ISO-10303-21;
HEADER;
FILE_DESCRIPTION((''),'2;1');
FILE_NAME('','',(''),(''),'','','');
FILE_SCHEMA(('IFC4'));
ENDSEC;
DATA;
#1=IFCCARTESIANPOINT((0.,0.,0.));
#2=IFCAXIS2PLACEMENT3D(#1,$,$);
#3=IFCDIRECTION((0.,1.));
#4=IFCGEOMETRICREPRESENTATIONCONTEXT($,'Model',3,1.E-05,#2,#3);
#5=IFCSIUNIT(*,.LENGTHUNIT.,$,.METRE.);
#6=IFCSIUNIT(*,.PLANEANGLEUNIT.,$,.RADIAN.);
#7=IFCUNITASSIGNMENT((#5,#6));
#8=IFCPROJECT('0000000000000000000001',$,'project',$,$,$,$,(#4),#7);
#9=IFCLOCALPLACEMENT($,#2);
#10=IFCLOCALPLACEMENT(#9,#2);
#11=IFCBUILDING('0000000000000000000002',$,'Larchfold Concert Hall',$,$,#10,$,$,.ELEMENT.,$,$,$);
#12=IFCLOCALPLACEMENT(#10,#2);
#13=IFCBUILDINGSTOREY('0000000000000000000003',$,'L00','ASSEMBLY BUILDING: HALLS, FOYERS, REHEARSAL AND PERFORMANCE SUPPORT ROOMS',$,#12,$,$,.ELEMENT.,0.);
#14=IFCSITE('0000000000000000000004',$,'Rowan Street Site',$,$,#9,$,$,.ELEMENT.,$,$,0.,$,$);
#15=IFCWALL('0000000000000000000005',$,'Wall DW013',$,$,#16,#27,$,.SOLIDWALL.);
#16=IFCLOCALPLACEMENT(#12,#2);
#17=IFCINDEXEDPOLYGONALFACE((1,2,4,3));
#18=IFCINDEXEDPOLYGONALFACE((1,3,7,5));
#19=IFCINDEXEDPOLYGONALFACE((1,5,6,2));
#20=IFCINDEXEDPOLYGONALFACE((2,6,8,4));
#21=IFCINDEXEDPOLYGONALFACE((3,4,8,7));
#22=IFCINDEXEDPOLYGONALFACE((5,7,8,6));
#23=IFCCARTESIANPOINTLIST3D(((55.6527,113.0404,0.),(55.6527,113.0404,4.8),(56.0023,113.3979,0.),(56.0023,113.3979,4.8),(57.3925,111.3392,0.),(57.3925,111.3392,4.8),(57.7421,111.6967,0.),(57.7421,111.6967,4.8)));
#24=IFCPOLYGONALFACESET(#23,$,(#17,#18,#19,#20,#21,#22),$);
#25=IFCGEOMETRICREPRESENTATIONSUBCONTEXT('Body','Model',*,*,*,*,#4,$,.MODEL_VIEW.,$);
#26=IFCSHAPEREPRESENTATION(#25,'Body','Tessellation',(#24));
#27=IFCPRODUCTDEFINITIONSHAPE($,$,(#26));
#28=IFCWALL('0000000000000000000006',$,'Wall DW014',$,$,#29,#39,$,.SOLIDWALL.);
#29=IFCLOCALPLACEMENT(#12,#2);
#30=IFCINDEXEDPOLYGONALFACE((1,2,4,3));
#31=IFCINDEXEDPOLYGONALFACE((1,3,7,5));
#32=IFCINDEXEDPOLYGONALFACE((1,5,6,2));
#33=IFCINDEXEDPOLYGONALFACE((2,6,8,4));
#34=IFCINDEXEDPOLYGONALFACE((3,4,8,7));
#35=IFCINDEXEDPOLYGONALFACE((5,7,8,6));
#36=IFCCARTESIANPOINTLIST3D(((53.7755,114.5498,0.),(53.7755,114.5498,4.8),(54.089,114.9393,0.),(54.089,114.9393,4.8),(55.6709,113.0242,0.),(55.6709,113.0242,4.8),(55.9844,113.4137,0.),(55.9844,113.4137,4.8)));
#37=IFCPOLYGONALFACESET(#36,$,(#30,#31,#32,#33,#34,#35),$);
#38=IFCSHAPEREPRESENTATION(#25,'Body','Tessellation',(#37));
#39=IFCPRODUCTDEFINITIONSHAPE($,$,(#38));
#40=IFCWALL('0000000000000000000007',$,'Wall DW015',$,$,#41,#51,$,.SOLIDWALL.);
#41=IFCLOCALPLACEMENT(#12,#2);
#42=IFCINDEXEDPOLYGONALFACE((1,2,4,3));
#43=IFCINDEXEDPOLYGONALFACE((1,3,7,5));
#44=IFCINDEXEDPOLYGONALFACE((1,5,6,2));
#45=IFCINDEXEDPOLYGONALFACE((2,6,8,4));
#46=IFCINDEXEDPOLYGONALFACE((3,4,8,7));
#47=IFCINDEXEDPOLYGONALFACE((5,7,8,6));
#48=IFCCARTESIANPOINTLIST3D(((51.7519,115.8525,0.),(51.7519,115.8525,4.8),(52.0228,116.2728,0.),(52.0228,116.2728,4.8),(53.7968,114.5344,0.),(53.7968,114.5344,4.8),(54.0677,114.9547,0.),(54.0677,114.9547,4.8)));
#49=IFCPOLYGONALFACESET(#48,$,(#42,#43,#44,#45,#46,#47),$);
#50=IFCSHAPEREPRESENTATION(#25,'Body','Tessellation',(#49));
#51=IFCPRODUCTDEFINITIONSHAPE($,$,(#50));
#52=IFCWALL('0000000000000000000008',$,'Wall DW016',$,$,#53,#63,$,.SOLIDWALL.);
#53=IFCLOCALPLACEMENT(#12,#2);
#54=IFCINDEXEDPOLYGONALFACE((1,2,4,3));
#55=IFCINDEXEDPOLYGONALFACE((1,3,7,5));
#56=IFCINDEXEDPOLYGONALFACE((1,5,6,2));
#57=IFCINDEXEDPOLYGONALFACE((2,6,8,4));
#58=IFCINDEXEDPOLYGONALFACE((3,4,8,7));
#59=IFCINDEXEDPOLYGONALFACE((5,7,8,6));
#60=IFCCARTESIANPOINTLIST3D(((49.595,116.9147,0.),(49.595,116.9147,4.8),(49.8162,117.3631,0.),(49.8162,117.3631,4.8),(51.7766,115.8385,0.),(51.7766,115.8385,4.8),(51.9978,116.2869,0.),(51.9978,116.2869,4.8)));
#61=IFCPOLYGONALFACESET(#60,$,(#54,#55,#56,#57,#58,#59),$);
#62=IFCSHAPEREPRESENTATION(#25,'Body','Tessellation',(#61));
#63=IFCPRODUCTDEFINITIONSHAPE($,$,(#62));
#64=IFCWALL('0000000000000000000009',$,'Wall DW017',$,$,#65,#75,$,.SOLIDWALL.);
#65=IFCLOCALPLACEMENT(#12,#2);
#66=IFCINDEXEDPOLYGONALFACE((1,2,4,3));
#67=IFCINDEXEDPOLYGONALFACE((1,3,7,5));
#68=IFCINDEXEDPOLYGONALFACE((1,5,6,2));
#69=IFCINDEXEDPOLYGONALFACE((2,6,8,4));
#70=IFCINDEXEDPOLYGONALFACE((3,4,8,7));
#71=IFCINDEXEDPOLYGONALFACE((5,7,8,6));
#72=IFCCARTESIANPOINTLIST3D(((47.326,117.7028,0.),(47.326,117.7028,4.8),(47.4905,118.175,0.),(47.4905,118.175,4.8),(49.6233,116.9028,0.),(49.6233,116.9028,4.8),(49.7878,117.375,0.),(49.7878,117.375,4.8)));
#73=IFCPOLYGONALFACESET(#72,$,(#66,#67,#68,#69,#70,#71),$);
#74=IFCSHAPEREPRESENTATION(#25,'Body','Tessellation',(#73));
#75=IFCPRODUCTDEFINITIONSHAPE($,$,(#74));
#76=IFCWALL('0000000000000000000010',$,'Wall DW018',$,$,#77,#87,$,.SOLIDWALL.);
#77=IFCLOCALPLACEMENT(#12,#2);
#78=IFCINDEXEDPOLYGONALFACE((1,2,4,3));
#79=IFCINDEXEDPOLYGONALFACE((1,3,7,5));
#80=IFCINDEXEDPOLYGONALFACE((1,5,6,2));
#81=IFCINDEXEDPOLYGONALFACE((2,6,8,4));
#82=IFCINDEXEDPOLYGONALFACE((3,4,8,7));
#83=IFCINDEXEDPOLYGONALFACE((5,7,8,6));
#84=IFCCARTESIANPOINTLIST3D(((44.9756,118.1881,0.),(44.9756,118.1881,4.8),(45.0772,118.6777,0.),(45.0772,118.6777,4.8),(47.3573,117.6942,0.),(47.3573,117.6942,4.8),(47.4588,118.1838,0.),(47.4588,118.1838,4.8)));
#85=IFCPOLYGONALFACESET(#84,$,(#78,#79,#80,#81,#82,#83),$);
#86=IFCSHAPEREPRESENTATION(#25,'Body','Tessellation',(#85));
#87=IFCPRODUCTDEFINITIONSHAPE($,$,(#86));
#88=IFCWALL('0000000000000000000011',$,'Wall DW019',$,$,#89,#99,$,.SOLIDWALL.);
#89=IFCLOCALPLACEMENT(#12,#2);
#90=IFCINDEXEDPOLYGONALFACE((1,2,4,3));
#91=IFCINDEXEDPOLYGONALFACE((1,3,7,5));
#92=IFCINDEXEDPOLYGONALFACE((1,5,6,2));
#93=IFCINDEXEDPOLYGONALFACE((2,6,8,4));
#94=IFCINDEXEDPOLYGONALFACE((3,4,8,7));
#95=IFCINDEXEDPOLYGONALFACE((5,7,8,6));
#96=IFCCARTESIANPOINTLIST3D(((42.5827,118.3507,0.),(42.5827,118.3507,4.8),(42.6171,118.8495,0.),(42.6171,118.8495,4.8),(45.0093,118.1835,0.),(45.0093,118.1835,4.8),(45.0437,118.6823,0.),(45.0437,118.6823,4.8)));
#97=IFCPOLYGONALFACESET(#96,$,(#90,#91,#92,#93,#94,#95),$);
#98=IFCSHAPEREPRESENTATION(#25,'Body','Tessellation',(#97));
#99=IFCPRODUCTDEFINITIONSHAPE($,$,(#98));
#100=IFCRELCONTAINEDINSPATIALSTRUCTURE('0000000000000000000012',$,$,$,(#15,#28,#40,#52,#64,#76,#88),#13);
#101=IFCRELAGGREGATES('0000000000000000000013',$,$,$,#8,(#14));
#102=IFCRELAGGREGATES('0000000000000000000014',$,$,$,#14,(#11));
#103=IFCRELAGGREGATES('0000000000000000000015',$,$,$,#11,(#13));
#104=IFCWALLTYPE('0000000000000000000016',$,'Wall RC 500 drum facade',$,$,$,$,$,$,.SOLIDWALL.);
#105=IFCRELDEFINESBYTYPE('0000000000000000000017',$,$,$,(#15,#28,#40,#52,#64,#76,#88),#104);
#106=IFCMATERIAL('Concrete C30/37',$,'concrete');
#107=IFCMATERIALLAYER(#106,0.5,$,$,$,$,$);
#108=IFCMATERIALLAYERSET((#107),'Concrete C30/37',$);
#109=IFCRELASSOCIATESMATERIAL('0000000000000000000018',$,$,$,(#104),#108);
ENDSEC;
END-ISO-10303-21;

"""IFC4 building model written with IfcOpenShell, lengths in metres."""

from ifc_helpers import new_model, si_unit, direction, frame, frame_2d, origin, place, context, subcontext, project, spatial, rectangle, extrude, material, layer, layer_set, type_object, element, save


model = new_model("IFC4")

# Units and contexts
model_context = context("Model", 3, precision=1e-05, world=origin(), true_north=direction((0.0, 1.0)))
body_context = subcontext(model_context, "Body", "Model", "MODEL_VIEW")
ifc_project = project(units=[si_unit("LENGTHUNIT", "METRE"), si_unit("PLANEANGLEUNIT", "RADIAN")], contexts=[model_context])

# Site, building, storey
site_placement = place(None, origin())
site = spatial("IfcSite", under=ifc_project, at=site_placement, Name="Rowan Street Site", CompositionType="ELEMENT", RefElevation=0.0)
building_placement = place(site_placement, origin())
building = spatial("IfcBuilding", under=site, at=building_placement, Name="Larchfold Concert Hall", CompositionType="ELEMENT")
storey_placement = place(building_placement, origin())
storey = spatial("IfcBuildingStorey", under=building, at=storey_placement, Name="L00", Description="ASSEMBLY BUILDING: HALLS, FOYERS, REHEARSAL AND PERFORMANCE SUPPORT ROOMS", CompositionType="ELEMENT", Elevation=0.0)

# Shared definitions
ifc_material_1 = material(Name="Concrete C30/37", Category="concrete")
ifc_layer_1 = layer(ifc_material_1, 0.5)
ifc_layer_set_1 = layer_set([ifc_layer_1], Name="Concrete C30/37")
wall_type_1 = type_object("IfcWallType", Name="Wall RC 500 drum facade", PredefinedType="SOLIDWALL", material=ifc_layer_set_1)

# Walls
wall_1_placement = place(storey_placement, frame((57.5674, 111.5178, 0.0), z_axis=(0.0, 0.0, 1.0), x_axis=(-0.714989, 0.699136, 0.0)))
element("IfcWall", 1, at=wall_1_placement, inside=storey, type_object=wall_type_1, Name="Wall DW013", PredefinedType="SOLIDWALL", context=body_context, shape_type="SweptSolid", body=[
    extrude(rectangle(XDim=2.4333, YDim=0.5, at=frame_2d((1.2168, 0.0))), origin(), (0.0, 0.0, 1.0), 4.8),
])
wall_2_placement = place(storey_placement, frame((55.8276, 113.219, 0.0), z_axis=(0.0, 0.0, 1.0), x_axis=(-0.779015, 0.627005, 0.0)))
element("IfcWall", 2, at=wall_2_placement, inside=storey, type_object=wall_type_1, Name="Wall DW014", PredefinedType="SOLIDWALL", context=body_context, shape_type="SweptSolid", body=[
    extrude(rectangle(XDim=2.4331, YDim=0.5, at=frame_2d((1.2166, 0.0))), origin(), (0.0, 0.0, 1.0), 4.8),
])
wall_3_placement = place(storey_placement, frame((53.9321, 114.7446, 0.0), z_axis=(0.0, 0.0, 1.0), x_axis=(-0.840519, 0.541782, 0.0)))
element("IfcWall", 3, at=wall_3_placement, inside=storey, type_object=wall_type_1, Name="Wall DW015", PredefinedType="SOLIDWALL", context=body_context, shape_type="SweptSolid", body=[
    extrude(rectangle(XDim=2.4329, YDim=0.5, at=frame_2d((1.2163, 0.0))), origin(), (0.0, 0.0, 1.0), 4.8),
])
for number, where, z_axis, x_axis, name in (
    (4, (51.8872, 116.0627, 0.0), (0.0, 0.0, 1.0), (-0.896823, 0.44239, 0.0), "Wall DW016"),
    (5, (49.7056, 117.1389, 0.0), (0.0, 0.0, 1.0), (-0.944374, 0.328875, 0.0), "Wall DW017"),
):
    element("IfcWall", number, at=place(storey_placement, frame(where, z_axis=z_axis, x_axis=x_axis)), inside=storey, type_object=wall_type_1, Name=name, PredefinedType="SOLIDWALL", context=body_context, shape_type="SweptSolid", body=[
        extrude(rectangle(XDim=2.4326, YDim=0.5, at=frame_2d((1.2163, 0.0))), origin(), (0.0, 0.0, 1.0), 4.8),
    ])
for number, where, z_axis, x_axis, name in (
    (6, (47.4082, 117.939, 0.0), (0.0, 0.0, 1.0), (-0.979166, 0.20306, 0.0), "Wall DW018"),
    (7, (45.0266, 118.4329, 0.0), (0.0, 0.0, 1.0), (-0.997633, 0.068757, 0.0), "Wall DW019"),
):
    element("IfcWall", number, at=place(storey_placement, frame(where, z_axis=z_axis, x_axis=x_axis)), inside=storey, type_object=wall_type_1, Name=name, PredefinedType="SOLIDWALL", context=body_context, shape_type="SweptSolid", body=[
        extrude(rectangle(XDim=2.4324, YDim=0.5, at=frame_2d((1.2163, 0.0))), origin(), (0.0, 0.0, 1.0), 4.8),
    ])

save(model, "model.ifc")
